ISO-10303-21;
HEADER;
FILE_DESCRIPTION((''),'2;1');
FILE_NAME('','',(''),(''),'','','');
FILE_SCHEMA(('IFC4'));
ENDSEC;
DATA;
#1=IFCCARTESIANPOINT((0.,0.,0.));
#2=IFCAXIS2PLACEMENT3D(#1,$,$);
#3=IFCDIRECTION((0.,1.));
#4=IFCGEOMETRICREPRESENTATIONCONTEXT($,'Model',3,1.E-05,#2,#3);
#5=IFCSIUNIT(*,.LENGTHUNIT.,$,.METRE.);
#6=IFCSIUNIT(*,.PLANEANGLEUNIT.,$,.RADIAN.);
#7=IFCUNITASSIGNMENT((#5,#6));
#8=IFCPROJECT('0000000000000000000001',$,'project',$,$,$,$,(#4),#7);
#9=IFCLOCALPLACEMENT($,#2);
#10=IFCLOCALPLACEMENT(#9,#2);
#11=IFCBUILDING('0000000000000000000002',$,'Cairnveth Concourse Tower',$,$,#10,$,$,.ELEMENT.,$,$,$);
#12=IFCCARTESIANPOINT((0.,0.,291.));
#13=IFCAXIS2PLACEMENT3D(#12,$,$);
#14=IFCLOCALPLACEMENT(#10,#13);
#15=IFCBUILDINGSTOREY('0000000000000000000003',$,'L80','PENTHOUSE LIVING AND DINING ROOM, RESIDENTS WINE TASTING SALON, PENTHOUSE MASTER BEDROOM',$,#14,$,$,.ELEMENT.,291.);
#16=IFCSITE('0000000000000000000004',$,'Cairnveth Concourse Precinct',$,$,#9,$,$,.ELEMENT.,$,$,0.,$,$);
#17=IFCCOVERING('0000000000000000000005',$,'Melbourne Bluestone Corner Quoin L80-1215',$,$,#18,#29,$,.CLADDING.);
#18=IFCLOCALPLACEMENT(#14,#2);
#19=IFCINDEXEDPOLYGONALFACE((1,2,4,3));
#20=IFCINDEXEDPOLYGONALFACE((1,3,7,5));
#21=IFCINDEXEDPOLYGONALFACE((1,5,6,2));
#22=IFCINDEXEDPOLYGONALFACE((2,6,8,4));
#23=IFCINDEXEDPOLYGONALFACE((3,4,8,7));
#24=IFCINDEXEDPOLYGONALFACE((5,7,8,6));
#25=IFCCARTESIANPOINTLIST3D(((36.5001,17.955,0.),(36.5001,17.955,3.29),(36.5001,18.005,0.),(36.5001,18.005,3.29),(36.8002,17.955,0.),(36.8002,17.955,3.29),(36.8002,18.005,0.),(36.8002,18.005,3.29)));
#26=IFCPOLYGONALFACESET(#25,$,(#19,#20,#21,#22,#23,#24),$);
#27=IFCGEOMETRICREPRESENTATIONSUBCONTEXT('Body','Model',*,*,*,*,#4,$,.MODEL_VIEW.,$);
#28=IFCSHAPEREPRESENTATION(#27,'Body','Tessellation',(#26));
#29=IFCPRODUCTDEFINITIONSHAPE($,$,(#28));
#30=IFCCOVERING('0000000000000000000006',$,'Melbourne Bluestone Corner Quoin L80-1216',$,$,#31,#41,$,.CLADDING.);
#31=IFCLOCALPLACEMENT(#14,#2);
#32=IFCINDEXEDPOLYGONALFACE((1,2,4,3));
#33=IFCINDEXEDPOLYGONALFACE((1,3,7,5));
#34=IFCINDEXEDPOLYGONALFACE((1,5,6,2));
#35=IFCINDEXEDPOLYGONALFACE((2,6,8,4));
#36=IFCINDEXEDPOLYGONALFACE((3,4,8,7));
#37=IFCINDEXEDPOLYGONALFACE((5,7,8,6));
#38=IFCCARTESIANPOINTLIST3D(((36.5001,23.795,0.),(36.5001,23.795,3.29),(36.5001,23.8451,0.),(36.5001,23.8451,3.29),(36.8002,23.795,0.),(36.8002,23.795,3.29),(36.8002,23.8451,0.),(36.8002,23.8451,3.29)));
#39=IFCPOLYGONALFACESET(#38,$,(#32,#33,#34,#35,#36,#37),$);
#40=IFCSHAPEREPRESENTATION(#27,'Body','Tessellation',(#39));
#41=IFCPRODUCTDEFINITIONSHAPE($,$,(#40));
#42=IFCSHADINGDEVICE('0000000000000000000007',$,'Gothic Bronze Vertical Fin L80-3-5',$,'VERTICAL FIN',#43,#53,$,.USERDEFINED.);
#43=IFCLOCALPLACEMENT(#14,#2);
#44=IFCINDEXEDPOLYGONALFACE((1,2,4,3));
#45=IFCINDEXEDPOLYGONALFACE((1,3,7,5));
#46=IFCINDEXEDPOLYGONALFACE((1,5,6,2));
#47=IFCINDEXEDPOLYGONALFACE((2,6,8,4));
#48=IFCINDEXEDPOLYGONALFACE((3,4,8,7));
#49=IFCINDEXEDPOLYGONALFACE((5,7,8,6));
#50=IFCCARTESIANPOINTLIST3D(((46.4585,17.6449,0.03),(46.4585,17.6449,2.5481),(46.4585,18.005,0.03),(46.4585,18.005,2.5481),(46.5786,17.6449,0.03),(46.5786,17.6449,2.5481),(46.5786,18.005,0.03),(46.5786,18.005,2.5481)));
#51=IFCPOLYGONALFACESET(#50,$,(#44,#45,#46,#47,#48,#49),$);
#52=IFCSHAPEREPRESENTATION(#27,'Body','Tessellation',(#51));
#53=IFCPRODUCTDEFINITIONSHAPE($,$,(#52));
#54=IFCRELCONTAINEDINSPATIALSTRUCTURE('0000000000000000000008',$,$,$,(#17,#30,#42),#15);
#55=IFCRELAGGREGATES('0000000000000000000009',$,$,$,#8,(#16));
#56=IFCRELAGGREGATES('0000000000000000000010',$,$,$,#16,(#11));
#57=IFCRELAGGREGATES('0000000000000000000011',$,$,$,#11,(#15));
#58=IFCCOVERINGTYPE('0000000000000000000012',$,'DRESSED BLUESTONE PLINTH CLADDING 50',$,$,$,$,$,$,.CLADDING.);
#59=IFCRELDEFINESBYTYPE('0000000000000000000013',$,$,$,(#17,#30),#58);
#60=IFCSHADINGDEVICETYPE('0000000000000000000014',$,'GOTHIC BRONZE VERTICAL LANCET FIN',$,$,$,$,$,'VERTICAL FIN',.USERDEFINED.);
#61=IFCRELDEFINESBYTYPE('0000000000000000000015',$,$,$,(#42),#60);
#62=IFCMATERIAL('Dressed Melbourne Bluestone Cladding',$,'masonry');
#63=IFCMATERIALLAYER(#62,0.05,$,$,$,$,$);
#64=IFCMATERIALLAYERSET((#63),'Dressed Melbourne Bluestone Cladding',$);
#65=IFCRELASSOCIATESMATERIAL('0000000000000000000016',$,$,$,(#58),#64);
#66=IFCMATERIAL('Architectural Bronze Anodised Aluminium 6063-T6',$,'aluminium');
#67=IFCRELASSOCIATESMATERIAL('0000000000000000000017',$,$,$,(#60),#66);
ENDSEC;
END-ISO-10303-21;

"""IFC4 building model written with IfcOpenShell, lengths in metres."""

from ifc_helpers import new_model, si_unit, direction, frame, frame_2d, origin, origin_2d, place, context, subcontext, project, spatial, rectangle, extrude, material, layer, layer_set, type_object, element, save


model = new_model("IFC4")

# Units and contexts
model_context = context("Model", 3, precision=1e-05, world=origin(), true_north=direction((0.0, 1.0)))
body_context = subcontext(model_context, "Body", "Model", "MODEL_VIEW")
ifc_project = project(units=[si_unit("LENGTHUNIT", "METRE"), si_unit("PLANEANGLEUNIT", "RADIAN")], contexts=[model_context])

# Site, building, storey
site_placement = place(None, origin())
site = spatial("IfcSite", under=ifc_project, at=site_placement, Name="Cairnveth Concourse Precinct", CompositionType="ELEMENT", RefElevation=0.0)
building_placement = place(site_placement, origin())
building = spatial("IfcBuilding", under=site, at=building_placement, Name="Cairnveth Concourse Tower", CompositionType="ELEMENT")
storey_placement = place(building_placement, frame((0.0, 0.0, 291.0)))
storey = spatial("IfcBuildingStorey", under=building, at=storey_placement, Name="L80", Description="PENTHOUSE LIVING AND DINING ROOM, RESIDENTS WINE TASTING SALON, PENTHOUSE MASTER BEDROOM", CompositionType="ELEMENT", Elevation=291.0)

# Coverings
ifc_material_1 = material(Name="Dressed Melbourne Bluestone Cladding", Category="masonry")
ifc_layer_1 = layer(ifc_material_1, 0.05)
ifc_layer_set_1 = layer_set([ifc_layer_1], Name="Dressed Melbourne Bluestone Cladding")
covering_type = type_object("IfcCoveringType", Name="DRESSED BLUESTONE PLINTH CLADDING 50", PredefinedType="CLADDING", material=ifc_layer_set_1)
for number, where, z_axis, x_axis, name in (
    (1, (36.8, 17.98, 0.0), (0.0, 0.0, 1.0), (-1.0, 0.0, 0.0), "Melbourne Bluestone Corner Quoin L80-1215"),
    (2, (36.8, 23.8201, 0.0), (0.0, 0.0, 1.0), (-1.0, 0.0, 0.0), "Melbourne Bluestone Corner Quoin L80-1216"),
):
    element("IfcCovering", number, at=place(storey_placement, frame(where, z_axis=z_axis, x_axis=x_axis)), inside=storey, type_object=covering_type, Name=name, PredefinedType="CLADDING", context=body_context, shape_type="SweptSolid", body=[
        extrude(rectangle(XDim=0.3, YDim=0.05, at=frame_2d((0.1499, 0.0))), origin(), (0.0, 0.0, 1.0), 3.29),
    ])

# Shading device
ifc_material_2 = material(Name="Architectural Bronze Anodised Aluminium 6063-T6", Category="aluminium")
shading_device_type = type_object("IfcShadingDeviceType", Name="GOTHIC BRONZE VERTICAL LANCET FIN", ElementType="VERTICAL FIN", PredefinedType="USERDEFINED", material=ifc_material_2)
shading_device_placement = place(storey_placement, frame((46.5186, 17.825, 0.03), z_axis=(0.0, 0.0, 1.0), x_axis=(1.0, 0.0, 0.0)))
element("IfcShadingDevice", 3, at=shading_device_placement, inside=storey, type_object=shading_device_type, Name="Gothic Bronze Vertical Fin L80-3-5", ObjectType="VERTICAL FIN", PredefinedType="USERDEFINED", context=body_context, shape_type="SweptSolid", body=[
    extrude(rectangle(XDim=0.1201, YDim=0.3601, at=origin_2d()), origin(), (0.0, 0.0, 1.0), 2.5181),
])

save(model, "model.ifc")
